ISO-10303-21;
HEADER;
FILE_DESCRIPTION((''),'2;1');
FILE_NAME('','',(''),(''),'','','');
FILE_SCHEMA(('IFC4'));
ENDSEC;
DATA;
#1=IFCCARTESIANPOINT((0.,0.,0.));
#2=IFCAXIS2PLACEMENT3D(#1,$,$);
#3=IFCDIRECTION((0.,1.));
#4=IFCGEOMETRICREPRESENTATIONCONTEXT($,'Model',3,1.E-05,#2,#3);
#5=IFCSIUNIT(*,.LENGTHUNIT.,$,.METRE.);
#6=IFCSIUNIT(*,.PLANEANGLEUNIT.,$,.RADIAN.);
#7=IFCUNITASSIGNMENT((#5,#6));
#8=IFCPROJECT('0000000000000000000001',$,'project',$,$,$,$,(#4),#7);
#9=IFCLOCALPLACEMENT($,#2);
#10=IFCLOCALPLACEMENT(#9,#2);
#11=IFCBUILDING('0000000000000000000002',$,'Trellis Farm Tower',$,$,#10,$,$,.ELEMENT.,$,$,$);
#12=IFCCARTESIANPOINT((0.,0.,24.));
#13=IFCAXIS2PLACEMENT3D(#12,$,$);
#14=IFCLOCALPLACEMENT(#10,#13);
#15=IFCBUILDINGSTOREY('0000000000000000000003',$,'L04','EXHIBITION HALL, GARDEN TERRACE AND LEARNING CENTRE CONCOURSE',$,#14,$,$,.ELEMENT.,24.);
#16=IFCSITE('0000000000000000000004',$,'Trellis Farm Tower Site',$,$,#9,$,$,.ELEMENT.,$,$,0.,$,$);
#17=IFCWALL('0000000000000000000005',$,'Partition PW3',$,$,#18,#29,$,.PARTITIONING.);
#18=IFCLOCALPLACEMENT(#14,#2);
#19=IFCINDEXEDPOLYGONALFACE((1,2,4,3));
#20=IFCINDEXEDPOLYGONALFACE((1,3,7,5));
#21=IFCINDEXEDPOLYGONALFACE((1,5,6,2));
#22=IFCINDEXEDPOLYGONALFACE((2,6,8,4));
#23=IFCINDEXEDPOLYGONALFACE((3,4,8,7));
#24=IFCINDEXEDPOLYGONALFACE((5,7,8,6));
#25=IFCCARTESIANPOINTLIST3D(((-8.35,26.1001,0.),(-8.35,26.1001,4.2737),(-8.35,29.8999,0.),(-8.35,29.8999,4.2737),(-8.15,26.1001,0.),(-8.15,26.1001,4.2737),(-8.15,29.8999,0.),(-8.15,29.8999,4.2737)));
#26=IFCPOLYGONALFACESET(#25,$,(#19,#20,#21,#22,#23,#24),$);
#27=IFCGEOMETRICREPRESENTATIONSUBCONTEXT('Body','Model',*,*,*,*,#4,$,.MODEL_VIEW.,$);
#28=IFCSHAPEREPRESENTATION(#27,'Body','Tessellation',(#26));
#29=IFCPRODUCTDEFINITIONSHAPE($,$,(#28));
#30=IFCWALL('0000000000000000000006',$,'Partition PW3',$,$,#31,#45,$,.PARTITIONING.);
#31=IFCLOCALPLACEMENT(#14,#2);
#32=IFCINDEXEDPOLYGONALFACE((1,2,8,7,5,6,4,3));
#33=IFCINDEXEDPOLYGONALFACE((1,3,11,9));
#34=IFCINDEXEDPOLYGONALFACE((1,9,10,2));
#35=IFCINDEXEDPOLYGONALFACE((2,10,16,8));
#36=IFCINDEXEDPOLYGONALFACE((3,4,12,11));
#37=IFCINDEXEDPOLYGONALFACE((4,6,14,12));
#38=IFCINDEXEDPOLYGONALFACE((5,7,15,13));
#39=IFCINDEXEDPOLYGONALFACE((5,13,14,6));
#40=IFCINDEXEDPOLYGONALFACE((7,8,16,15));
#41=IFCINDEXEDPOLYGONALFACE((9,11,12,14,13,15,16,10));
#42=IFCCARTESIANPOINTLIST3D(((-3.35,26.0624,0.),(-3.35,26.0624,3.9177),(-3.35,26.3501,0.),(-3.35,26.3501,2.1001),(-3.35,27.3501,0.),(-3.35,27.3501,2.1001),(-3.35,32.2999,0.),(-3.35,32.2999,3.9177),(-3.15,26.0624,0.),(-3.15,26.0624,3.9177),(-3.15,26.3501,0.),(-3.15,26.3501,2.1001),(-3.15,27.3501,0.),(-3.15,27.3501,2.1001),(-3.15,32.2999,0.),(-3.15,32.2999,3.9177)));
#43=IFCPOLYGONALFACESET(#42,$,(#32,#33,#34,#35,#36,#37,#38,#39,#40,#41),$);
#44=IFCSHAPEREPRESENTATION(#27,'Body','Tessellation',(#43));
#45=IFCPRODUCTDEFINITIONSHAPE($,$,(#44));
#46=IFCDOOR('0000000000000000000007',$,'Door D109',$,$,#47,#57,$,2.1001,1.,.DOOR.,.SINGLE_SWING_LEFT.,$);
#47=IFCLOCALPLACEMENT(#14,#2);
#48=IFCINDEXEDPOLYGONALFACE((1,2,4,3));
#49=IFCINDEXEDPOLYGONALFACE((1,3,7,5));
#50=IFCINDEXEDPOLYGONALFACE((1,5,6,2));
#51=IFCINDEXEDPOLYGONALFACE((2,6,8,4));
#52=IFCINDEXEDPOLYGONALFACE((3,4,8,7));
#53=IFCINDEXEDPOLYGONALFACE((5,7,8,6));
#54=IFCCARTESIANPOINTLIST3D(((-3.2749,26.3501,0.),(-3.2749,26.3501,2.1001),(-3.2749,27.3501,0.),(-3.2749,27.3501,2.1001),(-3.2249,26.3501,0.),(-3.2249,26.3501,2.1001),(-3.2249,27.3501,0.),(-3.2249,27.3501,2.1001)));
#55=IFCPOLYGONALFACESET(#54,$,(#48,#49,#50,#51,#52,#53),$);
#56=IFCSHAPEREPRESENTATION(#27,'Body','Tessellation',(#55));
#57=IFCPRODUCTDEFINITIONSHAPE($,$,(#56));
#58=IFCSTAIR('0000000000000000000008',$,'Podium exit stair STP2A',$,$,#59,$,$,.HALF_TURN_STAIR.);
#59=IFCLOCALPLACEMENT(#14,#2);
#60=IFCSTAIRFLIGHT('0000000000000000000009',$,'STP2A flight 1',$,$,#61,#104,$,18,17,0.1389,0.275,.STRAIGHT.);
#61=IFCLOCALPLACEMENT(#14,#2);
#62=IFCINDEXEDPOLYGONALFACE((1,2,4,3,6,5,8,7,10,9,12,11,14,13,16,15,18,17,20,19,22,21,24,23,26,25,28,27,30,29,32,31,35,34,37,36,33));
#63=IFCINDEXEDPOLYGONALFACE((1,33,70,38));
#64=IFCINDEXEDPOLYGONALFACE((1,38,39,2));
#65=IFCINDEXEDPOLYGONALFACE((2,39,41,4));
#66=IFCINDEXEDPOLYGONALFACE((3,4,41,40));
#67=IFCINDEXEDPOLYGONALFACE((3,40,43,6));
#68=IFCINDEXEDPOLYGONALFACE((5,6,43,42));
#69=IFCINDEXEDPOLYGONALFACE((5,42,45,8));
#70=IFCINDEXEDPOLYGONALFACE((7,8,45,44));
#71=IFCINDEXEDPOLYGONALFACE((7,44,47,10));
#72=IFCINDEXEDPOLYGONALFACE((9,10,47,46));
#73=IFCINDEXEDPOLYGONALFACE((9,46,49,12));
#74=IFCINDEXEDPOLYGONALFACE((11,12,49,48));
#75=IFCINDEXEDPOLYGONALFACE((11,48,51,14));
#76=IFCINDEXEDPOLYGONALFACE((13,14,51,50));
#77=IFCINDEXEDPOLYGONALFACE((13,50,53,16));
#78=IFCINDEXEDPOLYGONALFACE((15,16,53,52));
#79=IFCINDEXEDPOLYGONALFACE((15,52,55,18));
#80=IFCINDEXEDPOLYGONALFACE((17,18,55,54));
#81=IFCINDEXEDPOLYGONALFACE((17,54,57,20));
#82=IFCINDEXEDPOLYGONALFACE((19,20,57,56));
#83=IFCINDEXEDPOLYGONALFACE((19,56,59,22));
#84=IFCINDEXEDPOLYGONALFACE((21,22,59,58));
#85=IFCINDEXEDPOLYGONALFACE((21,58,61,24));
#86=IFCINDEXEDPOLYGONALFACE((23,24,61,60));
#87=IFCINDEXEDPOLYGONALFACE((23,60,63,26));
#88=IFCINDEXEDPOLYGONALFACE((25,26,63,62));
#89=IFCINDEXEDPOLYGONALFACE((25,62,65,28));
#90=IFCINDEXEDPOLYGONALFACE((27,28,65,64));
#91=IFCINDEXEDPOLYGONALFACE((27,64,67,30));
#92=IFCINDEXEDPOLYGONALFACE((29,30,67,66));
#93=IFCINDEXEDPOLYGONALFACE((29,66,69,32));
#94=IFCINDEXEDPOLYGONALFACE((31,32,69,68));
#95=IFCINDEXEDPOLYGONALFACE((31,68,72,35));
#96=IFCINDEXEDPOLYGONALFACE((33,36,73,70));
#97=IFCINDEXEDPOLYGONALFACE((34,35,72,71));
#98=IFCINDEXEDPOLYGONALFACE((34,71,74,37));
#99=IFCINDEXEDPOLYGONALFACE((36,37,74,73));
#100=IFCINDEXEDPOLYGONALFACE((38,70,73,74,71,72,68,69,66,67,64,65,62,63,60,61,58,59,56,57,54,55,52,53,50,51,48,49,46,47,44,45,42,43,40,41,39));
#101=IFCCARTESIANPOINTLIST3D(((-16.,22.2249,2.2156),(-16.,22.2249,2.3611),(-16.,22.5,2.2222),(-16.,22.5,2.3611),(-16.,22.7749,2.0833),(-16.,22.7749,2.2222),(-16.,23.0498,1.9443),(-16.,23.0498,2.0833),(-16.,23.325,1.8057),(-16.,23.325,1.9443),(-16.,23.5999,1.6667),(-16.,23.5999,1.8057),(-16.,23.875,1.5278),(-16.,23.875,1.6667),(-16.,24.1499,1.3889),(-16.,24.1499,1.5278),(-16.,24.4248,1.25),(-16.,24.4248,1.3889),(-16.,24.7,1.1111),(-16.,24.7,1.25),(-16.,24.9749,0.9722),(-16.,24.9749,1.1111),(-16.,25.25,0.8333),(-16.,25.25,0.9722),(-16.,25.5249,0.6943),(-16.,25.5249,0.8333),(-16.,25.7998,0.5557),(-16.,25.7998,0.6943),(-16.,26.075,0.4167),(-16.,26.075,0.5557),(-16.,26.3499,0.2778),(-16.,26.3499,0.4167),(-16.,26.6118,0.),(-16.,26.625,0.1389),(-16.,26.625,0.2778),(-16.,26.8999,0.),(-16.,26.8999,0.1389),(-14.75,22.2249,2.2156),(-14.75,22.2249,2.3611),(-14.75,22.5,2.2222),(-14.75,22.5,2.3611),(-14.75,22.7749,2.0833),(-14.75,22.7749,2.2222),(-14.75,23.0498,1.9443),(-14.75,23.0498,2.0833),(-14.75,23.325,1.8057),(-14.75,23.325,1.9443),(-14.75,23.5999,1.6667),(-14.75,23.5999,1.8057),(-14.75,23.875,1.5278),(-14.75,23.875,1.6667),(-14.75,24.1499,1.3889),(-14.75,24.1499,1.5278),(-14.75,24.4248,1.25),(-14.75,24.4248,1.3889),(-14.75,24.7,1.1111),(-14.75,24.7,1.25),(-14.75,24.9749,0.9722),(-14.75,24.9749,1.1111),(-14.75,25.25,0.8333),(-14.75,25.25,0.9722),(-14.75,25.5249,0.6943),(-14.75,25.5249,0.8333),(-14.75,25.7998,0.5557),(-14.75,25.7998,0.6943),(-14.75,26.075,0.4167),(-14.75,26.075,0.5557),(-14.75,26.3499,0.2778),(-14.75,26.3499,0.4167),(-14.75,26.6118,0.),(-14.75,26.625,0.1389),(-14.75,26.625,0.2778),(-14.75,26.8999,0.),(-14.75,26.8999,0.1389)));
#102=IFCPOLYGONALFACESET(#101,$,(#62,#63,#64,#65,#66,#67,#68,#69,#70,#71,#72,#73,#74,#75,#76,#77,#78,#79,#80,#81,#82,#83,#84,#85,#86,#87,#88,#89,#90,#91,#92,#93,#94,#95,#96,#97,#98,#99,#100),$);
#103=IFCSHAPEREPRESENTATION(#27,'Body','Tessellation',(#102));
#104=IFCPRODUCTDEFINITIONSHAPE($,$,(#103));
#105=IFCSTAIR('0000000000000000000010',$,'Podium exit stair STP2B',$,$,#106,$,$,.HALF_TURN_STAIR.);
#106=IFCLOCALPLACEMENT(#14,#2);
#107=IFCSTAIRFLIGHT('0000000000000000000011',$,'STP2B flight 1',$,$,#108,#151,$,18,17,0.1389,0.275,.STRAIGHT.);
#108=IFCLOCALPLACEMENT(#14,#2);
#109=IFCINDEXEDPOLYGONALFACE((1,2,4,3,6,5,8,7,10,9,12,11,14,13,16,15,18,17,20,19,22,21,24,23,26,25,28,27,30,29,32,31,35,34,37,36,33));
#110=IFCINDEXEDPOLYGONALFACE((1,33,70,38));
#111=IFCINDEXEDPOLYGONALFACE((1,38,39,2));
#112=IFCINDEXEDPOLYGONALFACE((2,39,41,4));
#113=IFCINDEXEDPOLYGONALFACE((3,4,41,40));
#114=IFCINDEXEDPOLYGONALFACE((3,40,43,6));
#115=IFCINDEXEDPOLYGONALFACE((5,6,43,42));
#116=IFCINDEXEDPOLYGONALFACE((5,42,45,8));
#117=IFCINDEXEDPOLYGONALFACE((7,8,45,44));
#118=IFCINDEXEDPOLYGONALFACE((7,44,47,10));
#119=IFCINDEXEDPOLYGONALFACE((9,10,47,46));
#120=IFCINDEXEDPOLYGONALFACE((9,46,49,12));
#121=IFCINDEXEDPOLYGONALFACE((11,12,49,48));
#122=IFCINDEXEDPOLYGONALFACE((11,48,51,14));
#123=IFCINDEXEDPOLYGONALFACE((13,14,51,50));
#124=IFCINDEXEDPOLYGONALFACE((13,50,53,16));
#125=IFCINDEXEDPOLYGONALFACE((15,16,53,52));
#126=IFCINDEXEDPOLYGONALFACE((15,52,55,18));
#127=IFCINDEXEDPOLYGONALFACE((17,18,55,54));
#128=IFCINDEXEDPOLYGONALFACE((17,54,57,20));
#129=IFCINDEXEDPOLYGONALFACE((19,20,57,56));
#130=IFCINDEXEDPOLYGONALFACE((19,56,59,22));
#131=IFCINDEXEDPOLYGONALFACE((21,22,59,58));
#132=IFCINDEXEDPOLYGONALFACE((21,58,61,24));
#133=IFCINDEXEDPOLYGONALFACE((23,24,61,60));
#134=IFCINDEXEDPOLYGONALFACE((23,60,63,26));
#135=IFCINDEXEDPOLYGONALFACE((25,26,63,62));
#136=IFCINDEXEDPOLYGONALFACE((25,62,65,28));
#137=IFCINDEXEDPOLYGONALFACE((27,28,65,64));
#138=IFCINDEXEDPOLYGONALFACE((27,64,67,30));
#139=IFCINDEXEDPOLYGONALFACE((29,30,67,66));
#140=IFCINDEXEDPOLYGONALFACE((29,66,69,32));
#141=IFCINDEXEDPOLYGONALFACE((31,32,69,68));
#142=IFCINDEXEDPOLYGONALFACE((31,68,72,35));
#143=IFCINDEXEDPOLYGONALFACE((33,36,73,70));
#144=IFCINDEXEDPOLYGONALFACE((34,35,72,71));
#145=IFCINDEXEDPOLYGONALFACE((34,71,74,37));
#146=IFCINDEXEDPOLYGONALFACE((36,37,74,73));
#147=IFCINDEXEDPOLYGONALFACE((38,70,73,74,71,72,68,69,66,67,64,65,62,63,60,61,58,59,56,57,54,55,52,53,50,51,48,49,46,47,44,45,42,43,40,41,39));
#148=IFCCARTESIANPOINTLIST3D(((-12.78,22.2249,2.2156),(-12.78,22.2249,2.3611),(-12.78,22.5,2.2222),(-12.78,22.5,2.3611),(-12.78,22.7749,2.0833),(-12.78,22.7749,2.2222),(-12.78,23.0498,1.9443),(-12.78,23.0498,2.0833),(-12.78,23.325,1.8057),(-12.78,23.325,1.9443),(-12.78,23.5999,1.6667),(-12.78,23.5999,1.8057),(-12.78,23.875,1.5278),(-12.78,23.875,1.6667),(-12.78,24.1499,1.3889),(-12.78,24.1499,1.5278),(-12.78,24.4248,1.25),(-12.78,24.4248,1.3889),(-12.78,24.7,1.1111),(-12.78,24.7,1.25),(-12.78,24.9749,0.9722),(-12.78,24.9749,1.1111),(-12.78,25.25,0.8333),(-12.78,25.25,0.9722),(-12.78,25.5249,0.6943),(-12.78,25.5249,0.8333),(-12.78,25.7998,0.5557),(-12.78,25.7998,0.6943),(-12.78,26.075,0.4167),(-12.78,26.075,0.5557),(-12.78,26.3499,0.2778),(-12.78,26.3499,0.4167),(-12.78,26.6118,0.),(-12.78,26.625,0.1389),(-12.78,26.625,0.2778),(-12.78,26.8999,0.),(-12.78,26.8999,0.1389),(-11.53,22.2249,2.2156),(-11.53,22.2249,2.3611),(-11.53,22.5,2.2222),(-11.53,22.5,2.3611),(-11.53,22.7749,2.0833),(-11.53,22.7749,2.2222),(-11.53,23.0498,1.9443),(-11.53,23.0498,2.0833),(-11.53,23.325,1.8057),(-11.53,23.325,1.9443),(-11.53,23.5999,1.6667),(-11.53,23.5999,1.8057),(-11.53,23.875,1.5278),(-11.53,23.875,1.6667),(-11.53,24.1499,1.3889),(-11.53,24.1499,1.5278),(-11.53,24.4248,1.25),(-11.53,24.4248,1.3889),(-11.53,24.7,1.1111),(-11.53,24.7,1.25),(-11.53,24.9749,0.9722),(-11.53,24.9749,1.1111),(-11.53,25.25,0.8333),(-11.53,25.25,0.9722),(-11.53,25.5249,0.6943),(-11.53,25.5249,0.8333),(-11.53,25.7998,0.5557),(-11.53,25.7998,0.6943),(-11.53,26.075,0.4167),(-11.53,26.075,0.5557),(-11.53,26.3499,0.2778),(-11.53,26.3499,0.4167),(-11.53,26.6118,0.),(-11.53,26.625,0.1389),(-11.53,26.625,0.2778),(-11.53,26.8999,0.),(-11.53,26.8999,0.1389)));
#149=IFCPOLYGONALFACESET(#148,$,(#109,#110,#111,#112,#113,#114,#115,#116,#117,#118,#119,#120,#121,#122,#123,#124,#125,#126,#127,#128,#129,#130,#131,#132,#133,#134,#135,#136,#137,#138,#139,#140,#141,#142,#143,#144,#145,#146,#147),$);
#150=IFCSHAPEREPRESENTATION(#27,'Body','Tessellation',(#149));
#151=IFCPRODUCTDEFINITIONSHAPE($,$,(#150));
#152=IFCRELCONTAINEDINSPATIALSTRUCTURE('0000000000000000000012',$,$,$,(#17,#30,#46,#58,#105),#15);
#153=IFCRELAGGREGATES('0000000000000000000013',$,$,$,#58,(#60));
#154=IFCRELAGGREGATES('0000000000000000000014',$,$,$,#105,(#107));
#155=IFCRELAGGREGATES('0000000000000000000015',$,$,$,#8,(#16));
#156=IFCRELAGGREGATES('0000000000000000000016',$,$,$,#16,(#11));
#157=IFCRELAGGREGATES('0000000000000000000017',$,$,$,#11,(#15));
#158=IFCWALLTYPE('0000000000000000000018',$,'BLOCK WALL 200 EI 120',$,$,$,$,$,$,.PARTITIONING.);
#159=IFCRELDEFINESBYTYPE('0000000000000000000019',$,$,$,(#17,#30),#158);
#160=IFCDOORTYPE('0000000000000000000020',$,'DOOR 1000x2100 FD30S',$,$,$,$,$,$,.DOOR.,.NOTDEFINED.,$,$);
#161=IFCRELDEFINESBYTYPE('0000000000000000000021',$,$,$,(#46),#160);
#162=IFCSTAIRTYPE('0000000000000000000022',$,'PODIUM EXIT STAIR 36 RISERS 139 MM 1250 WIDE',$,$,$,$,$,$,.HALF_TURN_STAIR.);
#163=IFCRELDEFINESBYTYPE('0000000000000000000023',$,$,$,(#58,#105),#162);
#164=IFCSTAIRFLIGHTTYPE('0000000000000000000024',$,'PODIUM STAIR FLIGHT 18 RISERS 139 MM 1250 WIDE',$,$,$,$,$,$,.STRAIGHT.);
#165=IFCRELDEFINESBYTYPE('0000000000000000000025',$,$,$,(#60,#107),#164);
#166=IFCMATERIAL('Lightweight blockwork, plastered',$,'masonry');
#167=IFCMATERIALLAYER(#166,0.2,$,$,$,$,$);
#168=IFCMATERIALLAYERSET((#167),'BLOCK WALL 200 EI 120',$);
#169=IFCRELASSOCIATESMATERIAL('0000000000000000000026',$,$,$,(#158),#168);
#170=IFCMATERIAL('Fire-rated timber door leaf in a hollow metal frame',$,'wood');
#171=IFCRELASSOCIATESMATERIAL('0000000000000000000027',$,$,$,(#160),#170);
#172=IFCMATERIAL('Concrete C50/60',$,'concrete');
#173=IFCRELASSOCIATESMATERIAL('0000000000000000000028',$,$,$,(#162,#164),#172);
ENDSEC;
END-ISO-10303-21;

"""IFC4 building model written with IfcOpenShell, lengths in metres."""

from ifc_helpers import new_model, si_unit, direction, frame, frame_2d, origin, place, context, subcontext, project, spatial, polyline, rectangle, outline, extrude, source, transform, mapped, material, layer, layer_set, type_object, element, fill, aggregate, save


model = new_model("IFC4")

# Units and contexts
model_context = context("Model", 3, precision=1e-05, world=origin(), true_north=direction((0.0, 1.0)))
body_context = subcontext(model_context, "Body", "Model", "MODEL_VIEW")
ifc_project = project(units=[si_unit("LENGTHUNIT", "METRE"), si_unit("PLANEANGLEUNIT", "RADIAN")], contexts=[model_context])

# Site, building, storey
site_placement = place(None, origin())
site = spatial("IfcSite", under=ifc_project, at=site_placement, Name="Trellis Farm Tower Site", CompositionType="ELEMENT", RefElevation=0.0)
building_placement = place(site_placement, origin())
building = spatial("IfcBuilding", under=site, at=building_placement, Name="Trellis Farm Tower", CompositionType="ELEMENT")
storey_placement = place(building_placement, frame((0.0, 0.0, 24.0)))
storey = spatial("IfcBuildingStorey", under=building, at=storey_placement, Name="L04", Description="EXHIBITION HALL, GARDEN TERRACE AND LEARNING CENTRE CONCOURSE", CompositionType="ELEMENT", Elevation=24.0)

# Shared definitions
ifc_material_1 = material(Name="Lightweight blockwork, plastered", Category="masonry")
ifc_layer_1 = layer(ifc_material_1, 0.2)
ifc_layer_set_1 = layer_set([ifc_layer_1], Name="BLOCK WALL 200 EI 120")
wall_type_1 = type_object("IfcWallType", Name="BLOCK WALL 200 EI 120", PredefinedType="PARTITIONING", material=ifc_layer_set_1)

# Shared definitions
shared_shape_1 = source(origin(), body_context, "Body", "SweptSolid", [
    extrude(rectangle(XDim=1.0, YDim=2.1001, at=frame_2d((0.5, 1.05))), frame((0.0, 0.1101, 0.0), z_axis=(0.0, -1.0, 0.0), x_axis=(1.0, 0.0, 0.0)), (0.0, 0.0, 1.0), 0.2202),
])
ifc_material_2 = material(Name="Fire-rated timber door leaf in a hollow metal frame", Category="wood")
shared_shape_2 = source(origin(), body_context, "Body", "SweptSolid", [
    extrude(rectangle(XDim=1.0, YDim=2.1001, at=frame_2d((0.5, 1.05))), frame((0.0, 0.0249, 0.0), z_axis=(0.0, -1.0, 0.0), x_axis=(1.0, 0.0, 0.0)), (0.0, 0.0, 1.0), 0.05),
])

# Shared definitions
door_type_1 = type_object("IfcDoorType", Name="DOOR 1000x2100 FD30S", OperationType="NOTDEFINED", PredefinedType="DOOR", material=ifc_material_2)

# Wall
shared_shape_3 = source(origin(), body_context, "Body", "SweptSolid", [
    extrude(rectangle(XDim=3.7998, YDim=0.2, at=frame_2d((1.8999, 0.0))), origin(), (0.0, 0.0, 1.0), 4.2737),
])
wall_1_placement = place(storey_placement, frame((-8.25, 26.1001, 0.0), z_axis=(0.0, 0.0, 1.0), x_axis=(0.0, 1.0, 0.0)))
element("IfcWall", 1, at=wall_1_placement, inside=storey, type_object=wall_type_1, Name="Partition PW3", PredefinedType="PARTITIONING", context=body_context, shape_type="MappedRepresentation", body=[
    mapped(shared_shape_3, transform((0.0, 0.0, 0.0))),
])

# Wall, opening, door
shared_shape_4 = source(origin(), body_context, "Body", "SweptSolid", [
    extrude(rectangle(XDim=6.2375, YDim=0.2, at=frame_2d((3.1187, 0.0))), origin(), (0.0, 0.0, 1.0), 3.9177),
])
wall_2_placement = place(storey_placement, frame((-3.25, 26.0625, 0.0), z_axis=(0.0, 0.0, 1.0), x_axis=(0.0, 1.0, 0.0)))
wall_2 = element("IfcWall", 2, at=wall_2_placement, inside=storey, type_object=wall_type_1, Name="Partition PW3", PredefinedType="PARTITIONING", context=body_context, shape_type="MappedRepresentation", body=[
    mapped(shared_shape_4, transform((0.0, 0.0, 0.0))),
])
opening_1_placement = place(wall_2_placement, frame((0.2876, 0.0, 0.0)))
opening_1 = element("IfcOpeningElement", 3, at=opening_1_placement, cuts=wall_2, PredefinedType="OPENING", context=body_context, shape_type="MappedRepresentation", body=[
    mapped(shared_shape_1, transform((0.0, 0.0, 0.0))),
])
door_1_placement = place(opening_1_placement, origin())
door_1 = element("IfcDoor", 4, at=door_1_placement, inside=storey, type_object=door_type_1, Name="Door D109", OperationType="SINGLE_SWING_LEFT", OverallHeight=2.1001, OverallWidth=1.0, PredefinedType="DOOR", context=body_context, shape_type="MappedRepresentation", body=[
    mapped(shared_shape_2, transform((0.0, 0.0, 0.0))),
])
fill(opening_1, door_1)

# Stairs, stair flights
ifc_material_3 = material(Name="Concrete C50/60", Category="concrete")
stair_type = type_object("IfcStairType", Name="PODIUM EXIT STAIR 36 RISERS 139 MM 1250 WIDE", PredefinedType="HALF_TURN_STAIR", material=ifc_material_3)
placement = place(storey_placement, origin())
stair_1 = element("IfcStair", 5, at=placement, inside=storey, type_object=stair_type, Name="Podium exit stair STP2A", PredefinedType="HALF_TURN_STAIR")
stair_flight_type = type_object("IfcStairFlightType", Name="PODIUM STAIR FLIGHT 18 RISERS 139 MM 1250 WIDE", PredefinedType="STRAIGHT", material=ifc_material_3)
shared_shape_5 = source(origin(), body_context, "Body", "SweptSolid", [
    extrude(outline(polyline([(0.0, 0.0), (0.0, 0.1389), (0.2749, 0.1389), (0.2749, 0.2778), (0.55, 0.2778), (0.55, 0.4167), (0.825, 0.4167), (0.825, 0.5557), (1.1001, 0.5557), (1.1001, 0.6943), (1.375, 0.6943), (1.375, 0.8333), (1.6499, 0.8333), (1.6499, 0.9722), (1.925, 0.9722), (1.925, 1.1111), (2.2, 1.1111), (2.2, 1.25), (2.4751, 1.25), (2.4751, 1.3889), (2.75, 1.3889), (2.75, 1.5278), (3.0249, 1.5278), (3.0249, 1.6667), (3.3, 1.6667), (3.3, 1.8057), (3.575, 1.8057), (3.575, 1.9443), (3.8501, 1.9443), (3.8501, 2.0833), (4.125, 2.0833), (4.125, 2.2222), (4.3999, 2.2222), (4.3999, 2.3611), (4.675, 2.3611), (4.675, 2.5), (4.675, 2.2156), (0.2881, 0.0), (0.0, 0.0)])), frame((0.0, 0.625, 0.0), z_axis=(0.0, -1.0, 0.0), x_axis=(1.0, 0.0, 0.0)), (0.0, 0.0, 1.0), 1.25),
])
stair_flight_1_placement = place(storey_placement, frame((-15.375, 26.8999, 0.0), z_axis=(0.0, 0.0, 1.0), x_axis=(0.0, -1.0, 0.0)))
stair_flight_1 = element("IfcStairFlight", 6, at=stair_flight_1_placement, type_object=stair_flight_type, Name="STP2A flight 1", NumberOfRisers=18, NumberOfTreads=17, PredefinedType="STRAIGHT", RiserHeight=0.1389, TreadLength=0.275, context=body_context, shape_type="MappedRepresentation", body=[
    mapped(shared_shape_5, transform((0.0, 0.0, 0.0))),
])
aggregate(stair_1, [stair_flight_1])
stair_2 = element("IfcStair", 7, at=placement, inside=storey, type_object=stair_type, Name="Podium exit stair STP2B", PredefinedType="HALF_TURN_STAIR")
stair_flight_2_placement = place(storey_placement, frame((-12.155, 26.8999, 0.0), z_axis=(0.0, 0.0, 1.0), x_axis=(0.0, -1.0, 0.0)))
stair_flight_2 = element("IfcStairFlight", 8, at=stair_flight_2_placement, type_object=stair_flight_type, Name="STP2B flight 1", NumberOfRisers=18, NumberOfTreads=17, PredefinedType="STRAIGHT", RiserHeight=0.1389, TreadLength=0.275, context=body_context, shape_type="MappedRepresentation", body=[
    mapped(shared_shape_5, transform((0.0, 0.0, 0.0))),
])
aggregate(stair_2, [stair_flight_2])

save(model, "model.ifc")
